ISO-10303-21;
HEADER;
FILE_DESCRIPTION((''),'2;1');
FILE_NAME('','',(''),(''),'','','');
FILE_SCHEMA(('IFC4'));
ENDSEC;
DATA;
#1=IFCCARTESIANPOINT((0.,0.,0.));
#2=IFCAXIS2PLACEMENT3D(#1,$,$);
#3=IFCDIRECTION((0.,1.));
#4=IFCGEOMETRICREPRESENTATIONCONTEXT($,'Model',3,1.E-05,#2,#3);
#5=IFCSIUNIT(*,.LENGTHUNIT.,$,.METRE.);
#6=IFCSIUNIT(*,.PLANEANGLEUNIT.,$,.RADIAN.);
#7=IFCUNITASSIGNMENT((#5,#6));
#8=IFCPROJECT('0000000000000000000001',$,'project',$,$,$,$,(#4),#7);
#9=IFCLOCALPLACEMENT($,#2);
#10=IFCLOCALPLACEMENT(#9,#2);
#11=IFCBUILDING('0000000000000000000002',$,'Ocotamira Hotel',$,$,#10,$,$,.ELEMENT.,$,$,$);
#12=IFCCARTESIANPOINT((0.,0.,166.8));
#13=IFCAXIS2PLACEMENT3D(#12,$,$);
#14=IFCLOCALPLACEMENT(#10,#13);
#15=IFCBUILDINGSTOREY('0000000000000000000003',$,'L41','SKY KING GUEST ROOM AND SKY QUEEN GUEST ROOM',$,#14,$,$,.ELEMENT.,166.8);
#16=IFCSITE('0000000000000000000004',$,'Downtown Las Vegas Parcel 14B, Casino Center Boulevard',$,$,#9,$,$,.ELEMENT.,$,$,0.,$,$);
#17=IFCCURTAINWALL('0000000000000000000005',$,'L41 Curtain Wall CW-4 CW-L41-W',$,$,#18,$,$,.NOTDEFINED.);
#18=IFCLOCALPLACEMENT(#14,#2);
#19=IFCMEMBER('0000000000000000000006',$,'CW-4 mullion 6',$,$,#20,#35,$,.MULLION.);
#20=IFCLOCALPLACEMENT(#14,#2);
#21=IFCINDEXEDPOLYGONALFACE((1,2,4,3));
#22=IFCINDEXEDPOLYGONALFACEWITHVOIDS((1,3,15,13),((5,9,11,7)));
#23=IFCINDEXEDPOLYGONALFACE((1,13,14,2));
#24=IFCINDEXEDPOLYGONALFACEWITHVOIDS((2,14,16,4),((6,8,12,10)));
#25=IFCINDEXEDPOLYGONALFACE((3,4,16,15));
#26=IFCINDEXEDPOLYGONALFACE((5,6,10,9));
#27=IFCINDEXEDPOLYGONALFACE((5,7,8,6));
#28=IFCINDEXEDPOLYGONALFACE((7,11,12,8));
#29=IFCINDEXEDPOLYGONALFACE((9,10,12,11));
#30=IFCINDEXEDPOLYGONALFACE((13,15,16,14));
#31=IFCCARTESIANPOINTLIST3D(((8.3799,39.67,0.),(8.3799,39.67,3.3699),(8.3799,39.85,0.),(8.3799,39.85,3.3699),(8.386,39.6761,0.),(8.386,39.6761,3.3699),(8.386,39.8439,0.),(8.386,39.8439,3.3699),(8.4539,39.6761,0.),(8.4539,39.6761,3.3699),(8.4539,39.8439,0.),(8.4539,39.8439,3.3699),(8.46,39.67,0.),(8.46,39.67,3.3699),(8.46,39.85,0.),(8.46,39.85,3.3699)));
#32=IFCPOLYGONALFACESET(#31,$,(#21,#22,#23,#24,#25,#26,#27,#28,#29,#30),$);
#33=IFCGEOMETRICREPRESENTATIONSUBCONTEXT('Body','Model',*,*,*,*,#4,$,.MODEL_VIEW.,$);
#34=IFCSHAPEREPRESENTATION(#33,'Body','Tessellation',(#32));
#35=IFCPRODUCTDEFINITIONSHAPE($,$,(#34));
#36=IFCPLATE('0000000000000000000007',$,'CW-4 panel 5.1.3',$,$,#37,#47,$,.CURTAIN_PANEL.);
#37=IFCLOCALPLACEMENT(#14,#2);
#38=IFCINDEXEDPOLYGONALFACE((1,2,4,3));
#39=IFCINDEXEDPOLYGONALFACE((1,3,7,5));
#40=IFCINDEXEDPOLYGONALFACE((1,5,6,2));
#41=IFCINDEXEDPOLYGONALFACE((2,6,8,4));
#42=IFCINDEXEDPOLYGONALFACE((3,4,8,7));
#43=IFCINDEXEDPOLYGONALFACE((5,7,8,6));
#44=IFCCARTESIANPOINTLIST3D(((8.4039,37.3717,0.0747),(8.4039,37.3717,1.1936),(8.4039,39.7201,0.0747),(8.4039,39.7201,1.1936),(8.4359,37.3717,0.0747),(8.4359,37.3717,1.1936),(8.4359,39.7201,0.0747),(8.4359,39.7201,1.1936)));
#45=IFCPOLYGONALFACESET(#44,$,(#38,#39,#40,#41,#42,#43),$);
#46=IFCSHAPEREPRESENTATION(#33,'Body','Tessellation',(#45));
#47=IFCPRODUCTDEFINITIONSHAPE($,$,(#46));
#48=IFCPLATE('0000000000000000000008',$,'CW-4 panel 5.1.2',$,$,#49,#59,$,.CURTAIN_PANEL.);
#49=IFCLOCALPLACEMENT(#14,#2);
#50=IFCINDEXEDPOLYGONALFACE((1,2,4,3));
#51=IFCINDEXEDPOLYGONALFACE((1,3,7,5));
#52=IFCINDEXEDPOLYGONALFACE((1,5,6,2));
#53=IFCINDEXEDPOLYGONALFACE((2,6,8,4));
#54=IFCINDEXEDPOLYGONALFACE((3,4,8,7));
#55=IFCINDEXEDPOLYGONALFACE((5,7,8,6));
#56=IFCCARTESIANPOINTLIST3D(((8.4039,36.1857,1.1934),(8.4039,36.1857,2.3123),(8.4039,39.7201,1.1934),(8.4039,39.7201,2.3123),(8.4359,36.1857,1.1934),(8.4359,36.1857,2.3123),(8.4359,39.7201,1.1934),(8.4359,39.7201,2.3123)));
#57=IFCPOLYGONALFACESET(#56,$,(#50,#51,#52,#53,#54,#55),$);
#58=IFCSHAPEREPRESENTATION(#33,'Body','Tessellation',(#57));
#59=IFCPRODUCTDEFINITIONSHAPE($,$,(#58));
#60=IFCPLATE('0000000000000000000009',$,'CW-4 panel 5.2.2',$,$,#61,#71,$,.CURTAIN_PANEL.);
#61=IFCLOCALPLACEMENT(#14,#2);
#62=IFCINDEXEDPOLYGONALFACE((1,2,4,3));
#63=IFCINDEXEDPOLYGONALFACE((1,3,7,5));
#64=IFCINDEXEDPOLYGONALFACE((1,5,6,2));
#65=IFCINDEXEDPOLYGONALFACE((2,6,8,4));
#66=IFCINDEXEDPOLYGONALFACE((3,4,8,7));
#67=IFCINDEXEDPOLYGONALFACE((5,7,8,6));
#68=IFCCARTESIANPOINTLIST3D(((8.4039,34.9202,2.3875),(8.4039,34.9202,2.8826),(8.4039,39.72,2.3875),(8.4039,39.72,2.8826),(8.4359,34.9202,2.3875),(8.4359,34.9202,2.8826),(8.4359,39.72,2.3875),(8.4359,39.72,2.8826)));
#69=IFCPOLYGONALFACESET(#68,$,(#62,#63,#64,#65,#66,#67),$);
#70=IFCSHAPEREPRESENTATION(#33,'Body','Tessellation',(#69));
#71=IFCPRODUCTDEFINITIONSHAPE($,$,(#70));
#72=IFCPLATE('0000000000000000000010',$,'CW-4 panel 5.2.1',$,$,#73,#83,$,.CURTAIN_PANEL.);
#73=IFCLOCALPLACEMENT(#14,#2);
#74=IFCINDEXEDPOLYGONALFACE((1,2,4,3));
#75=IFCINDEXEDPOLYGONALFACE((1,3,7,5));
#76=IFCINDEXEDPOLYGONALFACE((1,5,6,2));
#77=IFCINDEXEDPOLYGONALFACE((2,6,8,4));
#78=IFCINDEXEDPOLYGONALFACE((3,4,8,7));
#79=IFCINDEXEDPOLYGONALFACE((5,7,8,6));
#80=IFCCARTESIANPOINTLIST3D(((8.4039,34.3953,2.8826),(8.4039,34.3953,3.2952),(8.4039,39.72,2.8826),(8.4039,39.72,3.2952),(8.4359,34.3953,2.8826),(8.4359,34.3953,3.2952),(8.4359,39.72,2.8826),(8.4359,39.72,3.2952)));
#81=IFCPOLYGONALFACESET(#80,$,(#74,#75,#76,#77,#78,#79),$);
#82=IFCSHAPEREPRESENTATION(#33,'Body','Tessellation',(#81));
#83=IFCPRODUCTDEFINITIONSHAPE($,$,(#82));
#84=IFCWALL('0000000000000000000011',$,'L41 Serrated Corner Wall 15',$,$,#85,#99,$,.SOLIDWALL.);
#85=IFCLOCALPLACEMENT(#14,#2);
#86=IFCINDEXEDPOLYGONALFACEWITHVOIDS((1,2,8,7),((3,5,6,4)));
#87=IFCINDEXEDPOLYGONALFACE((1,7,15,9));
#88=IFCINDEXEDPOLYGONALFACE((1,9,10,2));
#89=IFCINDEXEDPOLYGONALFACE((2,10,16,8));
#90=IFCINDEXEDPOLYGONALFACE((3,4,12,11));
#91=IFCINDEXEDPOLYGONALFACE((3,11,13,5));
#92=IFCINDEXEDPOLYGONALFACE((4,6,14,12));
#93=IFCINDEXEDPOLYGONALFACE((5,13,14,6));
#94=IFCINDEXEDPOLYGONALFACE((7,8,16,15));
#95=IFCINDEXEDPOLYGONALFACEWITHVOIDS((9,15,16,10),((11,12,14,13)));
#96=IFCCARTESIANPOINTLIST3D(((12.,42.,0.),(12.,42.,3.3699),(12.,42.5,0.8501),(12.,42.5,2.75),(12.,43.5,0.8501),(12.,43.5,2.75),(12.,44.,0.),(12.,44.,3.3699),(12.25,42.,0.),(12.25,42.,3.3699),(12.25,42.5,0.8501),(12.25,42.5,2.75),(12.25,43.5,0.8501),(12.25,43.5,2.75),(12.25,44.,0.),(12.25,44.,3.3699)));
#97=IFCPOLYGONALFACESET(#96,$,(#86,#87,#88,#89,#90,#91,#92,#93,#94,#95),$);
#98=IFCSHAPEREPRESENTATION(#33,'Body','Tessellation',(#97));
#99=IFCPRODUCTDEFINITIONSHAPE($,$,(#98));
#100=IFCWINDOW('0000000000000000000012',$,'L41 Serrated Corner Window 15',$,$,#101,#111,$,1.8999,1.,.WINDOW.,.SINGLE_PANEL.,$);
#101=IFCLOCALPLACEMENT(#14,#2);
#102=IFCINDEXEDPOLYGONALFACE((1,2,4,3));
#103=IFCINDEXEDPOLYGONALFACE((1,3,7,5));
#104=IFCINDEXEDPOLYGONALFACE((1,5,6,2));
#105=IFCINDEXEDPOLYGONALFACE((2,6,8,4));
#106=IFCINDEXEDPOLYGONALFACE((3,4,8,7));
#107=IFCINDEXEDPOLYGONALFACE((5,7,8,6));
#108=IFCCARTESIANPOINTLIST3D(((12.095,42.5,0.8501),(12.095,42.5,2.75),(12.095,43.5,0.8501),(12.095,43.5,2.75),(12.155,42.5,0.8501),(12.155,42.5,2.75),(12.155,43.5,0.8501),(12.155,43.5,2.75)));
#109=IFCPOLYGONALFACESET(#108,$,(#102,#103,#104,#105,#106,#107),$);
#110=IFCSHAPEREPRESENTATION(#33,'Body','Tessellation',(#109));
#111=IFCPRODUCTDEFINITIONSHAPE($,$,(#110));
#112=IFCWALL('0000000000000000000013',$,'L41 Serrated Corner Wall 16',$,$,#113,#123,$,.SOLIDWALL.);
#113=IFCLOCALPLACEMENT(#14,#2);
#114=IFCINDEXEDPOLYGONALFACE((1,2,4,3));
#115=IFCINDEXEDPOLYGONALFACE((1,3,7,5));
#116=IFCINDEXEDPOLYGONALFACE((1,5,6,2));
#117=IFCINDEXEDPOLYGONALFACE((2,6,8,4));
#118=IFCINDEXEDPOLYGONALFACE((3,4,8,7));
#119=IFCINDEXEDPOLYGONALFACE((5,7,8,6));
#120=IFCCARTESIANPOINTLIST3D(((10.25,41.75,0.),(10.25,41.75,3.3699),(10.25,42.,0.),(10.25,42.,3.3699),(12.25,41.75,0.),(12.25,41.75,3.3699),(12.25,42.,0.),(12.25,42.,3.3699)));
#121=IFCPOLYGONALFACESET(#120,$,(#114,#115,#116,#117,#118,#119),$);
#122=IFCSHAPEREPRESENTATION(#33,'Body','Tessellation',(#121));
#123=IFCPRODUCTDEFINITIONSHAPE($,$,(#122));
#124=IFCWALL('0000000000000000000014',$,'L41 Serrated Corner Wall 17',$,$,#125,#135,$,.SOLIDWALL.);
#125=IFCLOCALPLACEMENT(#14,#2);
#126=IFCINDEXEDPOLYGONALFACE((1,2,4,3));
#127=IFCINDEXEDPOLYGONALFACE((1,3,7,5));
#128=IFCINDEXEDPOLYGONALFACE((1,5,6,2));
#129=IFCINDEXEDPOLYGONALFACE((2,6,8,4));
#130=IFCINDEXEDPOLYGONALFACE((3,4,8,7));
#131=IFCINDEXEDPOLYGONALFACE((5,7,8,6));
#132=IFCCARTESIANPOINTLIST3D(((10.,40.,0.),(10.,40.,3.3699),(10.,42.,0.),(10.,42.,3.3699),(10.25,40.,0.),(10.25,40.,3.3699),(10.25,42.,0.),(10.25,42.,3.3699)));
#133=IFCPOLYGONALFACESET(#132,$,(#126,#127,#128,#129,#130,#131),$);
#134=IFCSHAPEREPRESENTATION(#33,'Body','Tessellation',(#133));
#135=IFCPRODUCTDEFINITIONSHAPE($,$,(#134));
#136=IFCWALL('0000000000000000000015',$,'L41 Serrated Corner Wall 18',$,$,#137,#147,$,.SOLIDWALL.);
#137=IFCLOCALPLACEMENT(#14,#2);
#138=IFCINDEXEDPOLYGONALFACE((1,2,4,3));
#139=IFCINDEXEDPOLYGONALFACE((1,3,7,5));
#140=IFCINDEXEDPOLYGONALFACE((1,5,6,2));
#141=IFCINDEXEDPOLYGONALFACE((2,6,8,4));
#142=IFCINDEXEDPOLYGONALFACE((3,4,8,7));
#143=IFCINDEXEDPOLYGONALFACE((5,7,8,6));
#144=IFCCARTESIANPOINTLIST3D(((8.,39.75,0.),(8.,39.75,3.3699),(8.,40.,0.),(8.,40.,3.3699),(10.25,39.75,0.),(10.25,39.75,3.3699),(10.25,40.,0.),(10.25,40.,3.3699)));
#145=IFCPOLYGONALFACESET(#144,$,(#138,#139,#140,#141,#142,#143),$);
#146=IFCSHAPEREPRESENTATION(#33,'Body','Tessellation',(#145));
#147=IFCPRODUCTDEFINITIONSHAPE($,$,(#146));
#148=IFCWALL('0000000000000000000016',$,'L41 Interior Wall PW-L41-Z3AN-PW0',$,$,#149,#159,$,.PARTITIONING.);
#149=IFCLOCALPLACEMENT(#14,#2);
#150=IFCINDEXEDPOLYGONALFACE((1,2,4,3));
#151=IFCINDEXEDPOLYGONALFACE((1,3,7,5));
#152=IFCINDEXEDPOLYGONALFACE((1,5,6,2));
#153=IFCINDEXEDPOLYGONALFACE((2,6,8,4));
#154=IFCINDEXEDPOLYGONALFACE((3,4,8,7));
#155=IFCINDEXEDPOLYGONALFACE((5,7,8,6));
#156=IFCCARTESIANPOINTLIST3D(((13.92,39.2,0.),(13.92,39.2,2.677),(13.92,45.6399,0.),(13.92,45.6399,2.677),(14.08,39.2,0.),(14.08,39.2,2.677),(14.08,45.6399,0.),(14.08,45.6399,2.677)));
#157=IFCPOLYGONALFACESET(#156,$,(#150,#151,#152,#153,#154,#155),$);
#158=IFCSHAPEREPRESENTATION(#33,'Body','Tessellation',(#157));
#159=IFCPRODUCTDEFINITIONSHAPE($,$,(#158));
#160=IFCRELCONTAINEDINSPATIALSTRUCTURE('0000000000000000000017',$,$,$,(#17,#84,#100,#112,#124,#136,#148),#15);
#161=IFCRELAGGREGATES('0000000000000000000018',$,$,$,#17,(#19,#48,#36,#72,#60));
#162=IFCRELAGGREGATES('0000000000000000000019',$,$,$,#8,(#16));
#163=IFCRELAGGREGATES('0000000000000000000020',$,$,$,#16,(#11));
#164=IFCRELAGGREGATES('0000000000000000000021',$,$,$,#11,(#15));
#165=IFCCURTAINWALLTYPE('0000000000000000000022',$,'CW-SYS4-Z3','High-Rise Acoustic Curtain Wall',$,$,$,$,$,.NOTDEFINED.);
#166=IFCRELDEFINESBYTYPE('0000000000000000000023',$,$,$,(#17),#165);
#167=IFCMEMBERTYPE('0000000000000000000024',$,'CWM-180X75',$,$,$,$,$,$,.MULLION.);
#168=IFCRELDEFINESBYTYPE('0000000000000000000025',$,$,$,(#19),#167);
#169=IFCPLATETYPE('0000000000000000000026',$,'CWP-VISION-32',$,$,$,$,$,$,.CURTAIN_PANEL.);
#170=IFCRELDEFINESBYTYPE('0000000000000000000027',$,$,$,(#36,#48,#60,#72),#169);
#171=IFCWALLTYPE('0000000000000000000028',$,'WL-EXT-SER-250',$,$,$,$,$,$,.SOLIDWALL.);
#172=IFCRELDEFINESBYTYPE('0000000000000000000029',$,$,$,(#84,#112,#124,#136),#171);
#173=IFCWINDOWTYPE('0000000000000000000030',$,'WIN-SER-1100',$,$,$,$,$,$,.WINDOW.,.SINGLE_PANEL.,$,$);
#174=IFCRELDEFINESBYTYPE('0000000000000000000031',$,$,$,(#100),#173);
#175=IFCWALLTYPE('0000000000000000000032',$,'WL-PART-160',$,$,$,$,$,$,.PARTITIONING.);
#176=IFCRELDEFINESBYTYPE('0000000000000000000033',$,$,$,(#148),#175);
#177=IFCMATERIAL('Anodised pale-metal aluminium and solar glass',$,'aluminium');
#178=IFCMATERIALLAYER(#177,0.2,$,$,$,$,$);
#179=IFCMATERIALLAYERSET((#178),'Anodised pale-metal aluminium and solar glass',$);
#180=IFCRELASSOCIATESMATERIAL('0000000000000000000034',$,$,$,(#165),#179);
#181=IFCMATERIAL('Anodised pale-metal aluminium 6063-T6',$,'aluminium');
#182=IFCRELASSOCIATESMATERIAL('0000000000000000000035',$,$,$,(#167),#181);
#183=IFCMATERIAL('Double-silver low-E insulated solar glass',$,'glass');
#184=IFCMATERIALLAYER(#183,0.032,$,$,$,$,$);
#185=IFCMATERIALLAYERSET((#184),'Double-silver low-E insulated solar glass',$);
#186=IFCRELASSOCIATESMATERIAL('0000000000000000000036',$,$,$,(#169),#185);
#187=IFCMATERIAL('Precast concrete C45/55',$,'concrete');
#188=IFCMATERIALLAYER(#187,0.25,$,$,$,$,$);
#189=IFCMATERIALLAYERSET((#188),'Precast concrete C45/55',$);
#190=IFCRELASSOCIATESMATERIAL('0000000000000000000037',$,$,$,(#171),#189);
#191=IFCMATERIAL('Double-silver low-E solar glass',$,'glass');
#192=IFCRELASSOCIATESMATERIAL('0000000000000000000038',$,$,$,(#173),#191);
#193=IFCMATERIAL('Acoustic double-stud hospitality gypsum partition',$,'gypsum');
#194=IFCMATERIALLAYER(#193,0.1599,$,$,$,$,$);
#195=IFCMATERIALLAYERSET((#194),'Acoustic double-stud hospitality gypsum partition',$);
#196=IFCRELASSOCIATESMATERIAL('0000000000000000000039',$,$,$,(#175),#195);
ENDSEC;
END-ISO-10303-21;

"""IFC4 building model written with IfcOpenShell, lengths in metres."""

from ifc_helpers import new_model, si_unit, direction, frame, frame_2d, origin, origin_2d, place, context, subcontext, project, spatial, rectangle, hollow_rectangle, extrude, source, transform, mapped, material, layer, layer_set, material_profile, profile_set, type_object, element, fill, aggregate, save


model = new_model("IFC4")

# Units and contexts
model_context = context("Model", 3, precision=1e-05, world=origin(), true_north=direction((0.0, 1.0)))
body_context = subcontext(model_context, "Body", "Model", "MODEL_VIEW")
ifc_project = project(units=[si_unit("LENGTHUNIT", "METRE"), si_unit("PLANEANGLEUNIT", "RADIAN")], contexts=[model_context])

# Site, building, storey
site_placement = place(None, origin())
site = spatial("IfcSite", under=ifc_project, at=site_placement, Name="Downtown Las Vegas Parcel 14B, Casino Center Boulevard", CompositionType="ELEMENT", RefElevation=0.0)
building_placement = place(site_placement, origin())
building = spatial("IfcBuilding", under=site, at=building_placement, Name="Ocotamira Hotel", CompositionType="ELEMENT")
storey_placement = place(building_placement, frame((0.0, 0.0, 166.8)))
storey = spatial("IfcBuildingStorey", under=building, at=storey_placement, Name="L41", Description="SKY KING GUEST ROOM AND SKY QUEEN GUEST ROOM", CompositionType="ELEMENT", Elevation=166.8)

# Curtain wall, member, plates
ifc_material_1 = material(Name="Anodised pale-metal aluminium and solar glass", Category="aluminium")
ifc_layer_1 = layer(ifc_material_1, 0.2)
ifc_layer_set_1 = layer_set([ifc_layer_1], Name="Anodised pale-metal aluminium and solar glass")
curtain_wall_type = type_object("IfcCurtainWallType", Name="CW-SYS4-Z3", Description="High-Rise Acoustic Curtain Wall", PredefinedType="NOTDEFINED", material=ifc_layer_set_1)
curtain_wall_placement = place(storey_placement, origin())
curtain_wall = element("IfcCurtainWall", 1, at=curtain_wall_placement, inside=storey, type_object=curtain_wall_type, Name="L41 Curtain Wall CW-4 CW-L41-W", PredefinedType="NOTDEFINED")
ifc_material_2 = material(Name="Anodised pale-metal aluminium 6063-T6", Category="aluminium")
ifc_material_profile_1 = material_profile(ifc_material_2, hollow_rectangle(XDim=0.0801, YDim=0.1799, WallThickness=0.0061, at=origin_2d()), Name="HSS180X80X6")
ifc_profile_set_1 = profile_set([ifc_material_profile_1], Name="Anodised pale-metal aluminium 6063-T6")
member_type_1 = type_object("IfcMemberType", Name="CWM-180X75", PredefinedType="MULLION", material=ifc_profile_set_1)
shared_shape_1 = source(origin(), body_context, "Body", "SweptSolid", [
    extrude(hollow_rectangle(XDim=0.0801, YDim=0.1799, WallThickness=0.0061, at=origin_2d()), origin(), (0.0, 0.0, 1.0), 3.3699),
])
member_1_placement = place(storey_placement, frame((8.4199, 39.76, 0.0), z_axis=(0.0, 0.0, 1.0), x_axis=(-1.0, 0.0, 0.0)))
member_1 = element("IfcMember", 2, at=member_1_placement, type_object=member_type_1, Name="CW-4 mullion 6", PredefinedType="MULLION", context=body_context, shape_type="MappedRepresentation", body=[
    mapped(shared_shape_1, transform((0.0, 0.0, 0.0), scale=1.0)),
])
ifc_material_3 = material(Name="Double-silver low-E insulated solar glass", Category="glass")
ifc_layer_2 = layer(ifc_material_3, 0.032)
ifc_layer_set_2 = layer_set([ifc_layer_2], Name="Double-silver low-E insulated solar glass")
plate_type = type_object("IfcPlateType", Name="CWP-VISION-32", PredefinedType="CURTAIN_PANEL", material=ifc_layer_set_2)
shared_shape_2 = source(origin(), body_context, "Body", "SweptSolid", [
    extrude(rectangle(XDim=2.3484, YDim=0.032, at=origin_2d()), origin(), (0.0, 0.0, 1.0), 1.1189),
])
plate_1_placement = place(storey_placement, frame((8.4199, 38.5459, 0.0747), z_axis=(0.0, 0.0, 1.0), x_axis=(0.0, 1.0, 0.0)))
plate_1 = element("IfcPlate", 3, at=plate_1_placement, type_object=plate_type, Name="CW-4 panel 5.1.3", PredefinedType="CURTAIN_PANEL", context=body_context, shape_type="MappedRepresentation", body=[
    mapped(shared_shape_2, transform((0.0, 0.0, 0.0), scale=1.0)),
])
shared_shape_3 = source(origin(), body_context, "Body", "SweptSolid", [
    extrude(rectangle(XDim=3.5344, YDim=0.032, at=origin_2d()), origin(), (0.0, 0.0, 1.0), 1.1189),
])
plate_2_placement = place(storey_placement, frame((8.4199, 37.9529, 1.1934), z_axis=(0.0, 0.0, 1.0), x_axis=(0.0, 1.0, 0.0)))
plate_2 = element("IfcPlate", 4, at=plate_2_placement, type_object=plate_type, Name="CW-4 panel 5.1.2", PredefinedType="CURTAIN_PANEL", context=body_context, shape_type="MappedRepresentation", body=[
    mapped(shared_shape_3, transform((0.0, 0.0, 0.0), scale=1.0)),
])
shared_shape_4 = source(origin(), body_context, "Body", "SweptSolid", [
    extrude(rectangle(XDim=4.7998, YDim=0.032, at=origin_2d()), origin(), (0.0, 0.0, 1.0), 0.4951),
])
plate_3_placement = place(storey_placement, frame((8.4199, 37.3201, 2.3875), z_axis=(0.0, 0.0, 1.0), x_axis=(0.0, 1.0, 0.0)))
plate_3 = element("IfcPlate", 5, at=plate_3_placement, type_object=plate_type, Name="CW-4 panel 5.2.2", PredefinedType="CURTAIN_PANEL", context=body_context, shape_type="MappedRepresentation", body=[
    mapped(shared_shape_4, transform((0.0, 0.0, 0.0), scale=1.0)),
])
shared_shape_5 = source(origin(), body_context, "Body", "SweptSolid", [
    extrude(rectangle(XDim=5.3247, YDim=0.032, at=origin_2d()), origin(), (0.0, 0.0, 1.0), 0.4126),
])
plate_4_placement = place(storey_placement, frame((8.4199, 37.0576, 2.8826), z_axis=(0.0, 0.0, 1.0), x_axis=(0.0, 1.0, 0.0)))
plate_4 = element("IfcPlate", 6, at=plate_4_placement, type_object=plate_type, Name="CW-4 panel 5.2.1", PredefinedType="CURTAIN_PANEL", context=body_context, shape_type="MappedRepresentation", body=[
    mapped(shared_shape_5, transform((0.0, 0.0, 0.0), scale=1.0)),
])
aggregate(curtain_wall, [member_1, plate_2, plate_1, plate_4, plate_3])

# Wall, opening, window
ifc_material_4 = material(Name="Precast concrete C45/55", Category="concrete")
ifc_layer_3 = layer(ifc_material_4, 0.25)
ifc_layer_set_3 = layer_set([ifc_layer_3], Name="Precast concrete C45/55")
wall_type_1 = type_object("IfcWallType", Name="WL-EXT-SER-250", PredefinedType="SOLIDWALL", material=ifc_layer_set_3)
wall_1_placement = place(storey_placement, frame((12.125, 44.0, 0.0), z_axis=(0.0, 0.0, 1.0), x_axis=(0.0, -1.0, 0.0)))
wall_1 = element("IfcWall", 7, at=wall_1_placement, inside=storey, type_object=wall_type_1, Name="L41 Serrated Corner Wall 15", PredefinedType="SOLIDWALL", context=body_context, shape_type="SweptSolid", body=[
    extrude(rectangle(XDim=2.0, YDim=0.25, at=frame_2d((1.0, 0.0))), origin(), (0.0, 0.0, 1.0), 3.3699),
])
opening_1_placement = place(wall_1_placement, frame((0.5, 0.0, 0.8501)))
opening_1 = element("IfcOpeningElement", 8, at=opening_1_placement, cuts=wall_1, PredefinedType="OPENING", context=body_context, shape_type="SweptSolid", body=[
    extrude(rectangle(XDim=1.0, YDim=1.8999, at=frame_2d((0.5, 0.95))), frame((0.0, 0.135, 0.0), z_axis=(0.0, -1.0, 0.0), x_axis=(1.0, 0.0, 0.0)), (0.0, 0.0, 1.0), 0.27),
])
ifc_material_5 = material(Name="Double-silver low-E solar glass", Category="glass")
window_type = type_object("IfcWindowType", Name="WIN-SER-1100", PartitioningType="SINGLE_PANEL", PredefinedType="WINDOW", material=ifc_material_5)
shared_shape_6 = source(origin(), body_context, "Body", "SweptSolid", [
    extrude(rectangle(XDim=1.0, YDim=1.8999, at=frame_2d((0.5, 0.95))), frame((0.0, 0.03, 0.0), z_axis=(0.0, -1.0, 0.0), x_axis=(1.0, 0.0, 0.0)), (0.0, 0.0, 1.0), 0.0601),
])
window_placement = place(opening_1_placement, origin())
window = element("IfcWindow", 9, at=window_placement, inside=storey, type_object=window_type, Name="L41 Serrated Corner Window 15", OverallHeight=1.8999, OverallWidth=1.0, PartitioningType="SINGLE_PANEL", PredefinedType="WINDOW", context=body_context, shape_type="MappedRepresentation", body=[
    mapped(shared_shape_6, transform((0.0, 0.0, 0.0), scale=1.0)),
])
fill(opening_1, window)

# Walls
for number, where, z_axis, x_axis, name in (
    (10, (12.25, 41.875, 0.0), (0.0, 0.0, 1.0), (-1.0, 0.0, 0.0), "L41 Serrated Corner Wall 16"),
    (11, (10.125, 42.0, 0.0), (0.0, 0.0, 1.0), (0.0, -1.0, 0.0), "L41 Serrated Corner Wall 17"),
):
    element("IfcWall", number, at=place(storey_placement, frame(where, z_axis=z_axis, x_axis=x_axis)), inside=storey, type_object=wall_type_1, Name=name, PredefinedType="SOLIDWALL", context=body_context, shape_type="SweptSolid", body=[
        extrude(rectangle(XDim=2.0, YDim=0.25, at=frame_2d((1.0, 0.0))), origin(), (0.0, 0.0, 1.0), 3.3699),
    ])
wall_2_placement = place(storey_placement, frame((10.25, 39.875, 0.0), z_axis=(0.0, 0.0, 1.0), x_axis=(-1.0, 0.0, 0.0)))
element("IfcWall", 12, at=wall_2_placement, inside=storey, type_object=wall_type_1, Name="L41 Serrated Corner Wall 18", PredefinedType="SOLIDWALL", context=body_context, shape_type="SweptSolid", body=[
    extrude(rectangle(XDim=2.25, YDim=0.25, at=frame_2d((1.125, 0.0))), origin(), (0.0, 0.0, 1.0), 3.3699),
])

# Wall
ifc_material_6 = material(Name="Acoustic double-stud hospitality gypsum partition", Category="gypsum")
ifc_layer_4 = layer(ifc_material_6, 0.1599)
ifc_layer_set_4 = layer_set([ifc_layer_4], Name="Acoustic double-stud hospitality gypsum partition")
wall_type_2 = type_object("IfcWallType", Name="WL-PART-160", PredefinedType="PARTITIONING", material=ifc_layer_set_4)
wall_3_placement = place(storey_placement, frame((14.0, 39.2, 0.0), z_axis=(0.0, 0.0, 1.0), x_axis=(0.0, 1.0, 0.0)))
element("IfcWall", 13, at=wall_3_placement, inside=storey, type_object=wall_type_2, Name="L41 Interior Wall PW-L41-Z3AN-PW0", PredefinedType="PARTITIONING", context=body_context, shape_type="SweptSolid", body=[
    extrude(rectangle(XDim=6.4399, YDim=0.1599, at=frame_2d((3.22, 0.0))), origin(), (0.0, 0.0, 1.0), 2.677),
])

save(model, "model.ifc")
